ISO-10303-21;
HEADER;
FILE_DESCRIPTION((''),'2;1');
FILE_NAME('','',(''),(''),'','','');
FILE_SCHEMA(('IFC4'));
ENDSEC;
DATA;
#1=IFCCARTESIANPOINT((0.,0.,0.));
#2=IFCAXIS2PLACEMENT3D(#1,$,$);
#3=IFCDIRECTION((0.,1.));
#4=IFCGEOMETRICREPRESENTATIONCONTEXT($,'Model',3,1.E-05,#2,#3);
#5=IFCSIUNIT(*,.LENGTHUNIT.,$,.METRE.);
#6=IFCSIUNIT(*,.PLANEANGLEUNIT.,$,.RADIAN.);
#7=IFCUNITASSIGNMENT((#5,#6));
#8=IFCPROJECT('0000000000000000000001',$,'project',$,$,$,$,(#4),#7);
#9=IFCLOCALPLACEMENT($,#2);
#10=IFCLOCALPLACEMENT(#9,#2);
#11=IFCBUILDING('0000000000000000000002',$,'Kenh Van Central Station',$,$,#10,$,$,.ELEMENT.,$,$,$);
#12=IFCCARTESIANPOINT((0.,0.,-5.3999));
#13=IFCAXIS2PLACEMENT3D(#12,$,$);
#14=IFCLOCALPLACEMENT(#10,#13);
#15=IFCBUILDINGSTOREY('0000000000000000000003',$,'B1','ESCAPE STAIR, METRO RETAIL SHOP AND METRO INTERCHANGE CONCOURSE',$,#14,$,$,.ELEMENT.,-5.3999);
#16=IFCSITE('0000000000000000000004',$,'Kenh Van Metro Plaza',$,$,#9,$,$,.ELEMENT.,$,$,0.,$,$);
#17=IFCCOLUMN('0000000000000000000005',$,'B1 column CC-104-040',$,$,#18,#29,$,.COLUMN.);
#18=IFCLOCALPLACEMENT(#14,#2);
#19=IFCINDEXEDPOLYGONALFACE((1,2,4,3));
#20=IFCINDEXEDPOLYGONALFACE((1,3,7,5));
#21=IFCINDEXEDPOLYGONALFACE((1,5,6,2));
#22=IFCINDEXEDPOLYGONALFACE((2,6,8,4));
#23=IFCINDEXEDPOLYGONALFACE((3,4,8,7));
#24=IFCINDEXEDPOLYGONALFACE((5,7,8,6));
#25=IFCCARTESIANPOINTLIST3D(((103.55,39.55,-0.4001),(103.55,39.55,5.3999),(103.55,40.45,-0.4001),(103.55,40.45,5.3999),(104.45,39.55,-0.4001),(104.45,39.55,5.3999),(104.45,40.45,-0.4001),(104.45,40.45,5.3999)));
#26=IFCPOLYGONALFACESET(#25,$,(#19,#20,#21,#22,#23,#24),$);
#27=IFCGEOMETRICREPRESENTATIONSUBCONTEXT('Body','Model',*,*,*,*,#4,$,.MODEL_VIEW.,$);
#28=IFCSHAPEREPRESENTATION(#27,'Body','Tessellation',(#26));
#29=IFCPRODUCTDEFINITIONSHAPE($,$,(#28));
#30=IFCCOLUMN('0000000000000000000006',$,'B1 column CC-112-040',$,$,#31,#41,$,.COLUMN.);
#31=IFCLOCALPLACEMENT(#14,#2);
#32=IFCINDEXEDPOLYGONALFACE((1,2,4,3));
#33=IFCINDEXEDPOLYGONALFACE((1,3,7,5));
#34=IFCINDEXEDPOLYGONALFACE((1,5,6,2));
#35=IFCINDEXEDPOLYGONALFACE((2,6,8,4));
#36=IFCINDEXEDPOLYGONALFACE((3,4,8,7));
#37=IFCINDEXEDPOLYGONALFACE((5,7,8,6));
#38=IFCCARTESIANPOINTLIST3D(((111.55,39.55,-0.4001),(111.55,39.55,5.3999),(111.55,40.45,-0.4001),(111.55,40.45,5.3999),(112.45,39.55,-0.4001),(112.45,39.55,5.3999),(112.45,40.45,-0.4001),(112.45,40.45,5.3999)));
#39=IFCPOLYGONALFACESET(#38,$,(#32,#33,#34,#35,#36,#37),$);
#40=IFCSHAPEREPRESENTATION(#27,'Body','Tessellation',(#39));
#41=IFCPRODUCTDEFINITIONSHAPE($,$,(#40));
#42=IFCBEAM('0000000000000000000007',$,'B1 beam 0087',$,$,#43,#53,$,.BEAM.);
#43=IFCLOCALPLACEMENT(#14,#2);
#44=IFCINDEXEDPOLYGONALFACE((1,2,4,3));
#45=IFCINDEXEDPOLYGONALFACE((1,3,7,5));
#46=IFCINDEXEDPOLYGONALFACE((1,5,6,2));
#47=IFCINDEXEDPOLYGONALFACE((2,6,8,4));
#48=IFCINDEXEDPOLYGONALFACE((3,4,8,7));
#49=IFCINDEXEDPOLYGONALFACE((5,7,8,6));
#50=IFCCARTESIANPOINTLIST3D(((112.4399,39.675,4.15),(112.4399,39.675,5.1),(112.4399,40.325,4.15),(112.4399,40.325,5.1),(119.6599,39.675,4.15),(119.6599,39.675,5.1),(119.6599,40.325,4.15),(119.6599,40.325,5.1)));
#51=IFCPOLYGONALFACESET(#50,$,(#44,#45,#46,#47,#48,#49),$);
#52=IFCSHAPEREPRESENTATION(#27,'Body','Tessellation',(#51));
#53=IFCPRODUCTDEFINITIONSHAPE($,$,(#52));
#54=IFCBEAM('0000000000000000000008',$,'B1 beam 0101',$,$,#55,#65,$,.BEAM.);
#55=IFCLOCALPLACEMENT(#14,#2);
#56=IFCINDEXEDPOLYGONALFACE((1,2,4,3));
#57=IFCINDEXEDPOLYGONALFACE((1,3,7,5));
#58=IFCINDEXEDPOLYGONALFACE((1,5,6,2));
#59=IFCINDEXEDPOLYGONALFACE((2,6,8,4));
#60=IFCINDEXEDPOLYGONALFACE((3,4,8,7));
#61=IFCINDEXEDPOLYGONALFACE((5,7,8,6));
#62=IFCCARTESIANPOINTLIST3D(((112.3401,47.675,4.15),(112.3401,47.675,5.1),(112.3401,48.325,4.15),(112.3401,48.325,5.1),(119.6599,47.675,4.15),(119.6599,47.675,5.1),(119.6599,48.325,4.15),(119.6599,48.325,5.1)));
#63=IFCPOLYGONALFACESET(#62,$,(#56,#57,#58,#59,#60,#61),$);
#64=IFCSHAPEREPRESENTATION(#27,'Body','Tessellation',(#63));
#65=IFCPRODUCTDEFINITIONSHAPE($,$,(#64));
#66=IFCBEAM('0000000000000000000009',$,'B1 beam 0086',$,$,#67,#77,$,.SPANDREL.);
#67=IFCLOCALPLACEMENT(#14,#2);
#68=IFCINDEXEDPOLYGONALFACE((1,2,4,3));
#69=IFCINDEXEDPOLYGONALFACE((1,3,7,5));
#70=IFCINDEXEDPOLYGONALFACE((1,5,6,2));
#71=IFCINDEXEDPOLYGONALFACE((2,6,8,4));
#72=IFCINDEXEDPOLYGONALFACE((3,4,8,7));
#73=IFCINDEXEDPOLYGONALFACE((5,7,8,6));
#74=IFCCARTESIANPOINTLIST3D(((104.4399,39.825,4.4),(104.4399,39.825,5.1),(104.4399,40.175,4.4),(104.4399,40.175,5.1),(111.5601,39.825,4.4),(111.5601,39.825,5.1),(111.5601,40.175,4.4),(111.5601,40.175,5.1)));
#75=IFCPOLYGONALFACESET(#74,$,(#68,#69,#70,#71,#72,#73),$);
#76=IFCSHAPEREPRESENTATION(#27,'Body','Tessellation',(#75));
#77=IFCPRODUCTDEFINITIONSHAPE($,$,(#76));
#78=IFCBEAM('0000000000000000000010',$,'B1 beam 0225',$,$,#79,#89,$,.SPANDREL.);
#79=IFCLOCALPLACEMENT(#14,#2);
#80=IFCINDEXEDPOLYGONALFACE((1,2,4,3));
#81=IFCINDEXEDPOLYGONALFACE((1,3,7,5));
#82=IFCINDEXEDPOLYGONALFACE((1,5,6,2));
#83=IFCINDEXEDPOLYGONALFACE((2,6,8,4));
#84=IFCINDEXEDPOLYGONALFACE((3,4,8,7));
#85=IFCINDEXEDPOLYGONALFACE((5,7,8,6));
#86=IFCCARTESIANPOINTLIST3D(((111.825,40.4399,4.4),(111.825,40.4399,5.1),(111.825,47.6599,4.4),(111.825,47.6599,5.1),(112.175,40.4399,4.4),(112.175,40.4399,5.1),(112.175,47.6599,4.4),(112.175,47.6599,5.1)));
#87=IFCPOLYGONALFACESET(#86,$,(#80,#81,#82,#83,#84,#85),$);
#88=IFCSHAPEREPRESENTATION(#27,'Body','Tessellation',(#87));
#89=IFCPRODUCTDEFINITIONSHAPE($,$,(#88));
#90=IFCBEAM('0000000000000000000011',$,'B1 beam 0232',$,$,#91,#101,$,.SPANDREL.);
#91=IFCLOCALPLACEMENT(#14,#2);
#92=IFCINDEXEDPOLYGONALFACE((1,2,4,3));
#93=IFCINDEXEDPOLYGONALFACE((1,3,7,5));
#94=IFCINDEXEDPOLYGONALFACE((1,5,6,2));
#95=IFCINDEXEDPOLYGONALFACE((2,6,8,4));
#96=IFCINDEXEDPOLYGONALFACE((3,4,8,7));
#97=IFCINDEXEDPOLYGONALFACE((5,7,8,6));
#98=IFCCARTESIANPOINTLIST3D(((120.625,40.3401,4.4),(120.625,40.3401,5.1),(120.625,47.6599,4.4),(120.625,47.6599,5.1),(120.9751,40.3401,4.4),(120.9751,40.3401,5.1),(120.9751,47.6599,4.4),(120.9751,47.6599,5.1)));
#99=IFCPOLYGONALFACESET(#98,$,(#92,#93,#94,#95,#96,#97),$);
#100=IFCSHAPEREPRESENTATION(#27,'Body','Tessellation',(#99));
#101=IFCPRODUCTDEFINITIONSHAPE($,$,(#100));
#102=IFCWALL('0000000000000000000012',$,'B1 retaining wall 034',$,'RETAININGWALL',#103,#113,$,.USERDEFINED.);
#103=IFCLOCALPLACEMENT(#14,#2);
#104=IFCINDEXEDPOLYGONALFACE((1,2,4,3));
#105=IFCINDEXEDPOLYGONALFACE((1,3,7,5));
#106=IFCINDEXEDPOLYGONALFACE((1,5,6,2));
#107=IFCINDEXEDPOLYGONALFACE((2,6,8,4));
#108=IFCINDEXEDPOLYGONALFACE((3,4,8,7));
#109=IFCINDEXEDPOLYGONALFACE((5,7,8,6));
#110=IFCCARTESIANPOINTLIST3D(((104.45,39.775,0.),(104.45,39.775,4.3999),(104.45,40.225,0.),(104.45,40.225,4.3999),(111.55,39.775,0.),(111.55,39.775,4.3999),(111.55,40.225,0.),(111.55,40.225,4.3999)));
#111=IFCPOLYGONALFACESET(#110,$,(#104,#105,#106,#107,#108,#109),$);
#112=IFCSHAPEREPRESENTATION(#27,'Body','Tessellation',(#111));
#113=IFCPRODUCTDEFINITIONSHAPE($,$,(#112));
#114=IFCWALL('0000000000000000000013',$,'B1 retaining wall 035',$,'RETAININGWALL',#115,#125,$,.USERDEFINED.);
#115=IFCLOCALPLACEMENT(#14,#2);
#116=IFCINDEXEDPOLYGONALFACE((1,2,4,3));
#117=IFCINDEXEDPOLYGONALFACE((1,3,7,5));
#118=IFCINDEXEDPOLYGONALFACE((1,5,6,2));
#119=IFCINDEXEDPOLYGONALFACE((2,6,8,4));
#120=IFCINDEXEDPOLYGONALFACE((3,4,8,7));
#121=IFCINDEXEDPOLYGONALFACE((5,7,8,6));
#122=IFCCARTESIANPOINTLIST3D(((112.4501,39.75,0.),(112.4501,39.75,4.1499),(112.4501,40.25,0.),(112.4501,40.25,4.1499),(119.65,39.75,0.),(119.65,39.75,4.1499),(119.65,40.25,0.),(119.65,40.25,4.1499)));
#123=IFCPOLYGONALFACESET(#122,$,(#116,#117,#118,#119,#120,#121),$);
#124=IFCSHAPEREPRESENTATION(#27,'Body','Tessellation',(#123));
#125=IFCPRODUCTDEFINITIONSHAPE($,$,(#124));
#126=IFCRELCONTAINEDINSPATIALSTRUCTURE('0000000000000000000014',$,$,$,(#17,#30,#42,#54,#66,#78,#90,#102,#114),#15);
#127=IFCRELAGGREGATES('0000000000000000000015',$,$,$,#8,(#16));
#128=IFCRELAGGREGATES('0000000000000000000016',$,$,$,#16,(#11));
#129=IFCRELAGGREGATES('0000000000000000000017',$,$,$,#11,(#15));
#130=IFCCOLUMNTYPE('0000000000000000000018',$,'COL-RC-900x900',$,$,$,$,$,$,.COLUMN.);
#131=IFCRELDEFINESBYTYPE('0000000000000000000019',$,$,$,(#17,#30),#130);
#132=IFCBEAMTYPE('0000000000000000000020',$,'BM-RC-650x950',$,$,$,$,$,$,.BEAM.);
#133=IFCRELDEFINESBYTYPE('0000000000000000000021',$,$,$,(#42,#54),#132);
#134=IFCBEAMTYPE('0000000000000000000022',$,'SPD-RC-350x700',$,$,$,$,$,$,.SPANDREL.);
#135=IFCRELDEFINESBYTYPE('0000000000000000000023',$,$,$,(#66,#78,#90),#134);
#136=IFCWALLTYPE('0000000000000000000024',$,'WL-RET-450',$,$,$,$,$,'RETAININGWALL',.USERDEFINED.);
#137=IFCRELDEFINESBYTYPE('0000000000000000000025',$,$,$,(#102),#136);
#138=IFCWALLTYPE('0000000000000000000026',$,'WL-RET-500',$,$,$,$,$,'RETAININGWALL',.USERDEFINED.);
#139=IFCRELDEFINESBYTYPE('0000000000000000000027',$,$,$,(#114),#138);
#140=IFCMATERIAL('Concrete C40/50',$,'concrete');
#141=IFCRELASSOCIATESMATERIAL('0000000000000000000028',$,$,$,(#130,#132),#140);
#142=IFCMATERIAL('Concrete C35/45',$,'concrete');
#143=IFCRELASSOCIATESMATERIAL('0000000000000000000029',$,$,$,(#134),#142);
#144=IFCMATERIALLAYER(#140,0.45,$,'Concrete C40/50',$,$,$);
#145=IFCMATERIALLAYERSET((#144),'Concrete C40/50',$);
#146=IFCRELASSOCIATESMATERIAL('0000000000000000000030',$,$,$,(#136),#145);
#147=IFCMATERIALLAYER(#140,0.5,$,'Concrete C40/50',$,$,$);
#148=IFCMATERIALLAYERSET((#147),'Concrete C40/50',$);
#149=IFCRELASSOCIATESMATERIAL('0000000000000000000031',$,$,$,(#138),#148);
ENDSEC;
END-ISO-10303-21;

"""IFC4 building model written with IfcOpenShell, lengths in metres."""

from ifc_helpers import new_model, si_unit, direction, frame, frame_2d, origin, origin_2d, place, context, subcontext, project, spatial, rectangle, extrude, material, layer, layer_set, material_profile, profile_set, type_object, element, save


model = new_model("IFC4")

# Units and contexts
model_context = context("Model", 3, precision=1e-05, world=origin(), true_north=direction((0.0, 1.0)))
body_context = subcontext(model_context, "Body", "Model", "MODEL_VIEW")
ifc_project = project(units=[si_unit("LENGTHUNIT", "METRE"), si_unit("PLANEANGLEUNIT", "RADIAN")], contexts=[model_context])

# Site, building, storey
site_placement = place(None, origin())
site = spatial("IfcSite", under=ifc_project, at=site_placement, Name="Kenh Van Metro Plaza", CompositionType="ELEMENT", RefElevation=0.0)
building_placement = place(site_placement, origin())
building = spatial("IfcBuilding", under=site, at=building_placement, Name="Kenh Van Central Station", CompositionType="ELEMENT")
storey_placement = place(building_placement, frame((0.0, 0.0, -5.3999)))
storey = spatial("IfcBuildingStorey", under=building, at=storey_placement, Name="B1", Description="ESCAPE STAIR, METRO RETAIL SHOP AND METRO INTERCHANGE CONCOURSE", CompositionType="ELEMENT", Elevation=-5.3999)

# Shared definitions
ifc_material_1 = material(Name="Concrete C40/50", Category="concrete")

# Columns
ifc_material_profile_1 = material_profile(ifc_material_1, rectangle(XDim=0.8999, YDim=0.8999, at=origin_2d()), Name="RC 900x900")
ifc_profile_set_1 = profile_set([ifc_material_profile_1], Name="Concrete C40/50")
column_type_1 = type_object("IfcColumnType", Name="COL-RC-900x900", PredefinedType="COLUMN", material=ifc_profile_set_1)
for number, where, z_axis, x_axis, name in (
    (1, (104.0, 40.0, -0.4001), (0.0, 0.0, 1.0), (1.0, 0.0, 0.0), "B1 column CC-104-040"),
    (2, (112.0, 40.0, -0.4001), (0.0, 0.0, 1.0), (1.0, 0.0, 0.0), "B1 column CC-112-040"),
):
    element("IfcColumn", number, at=place(storey_placement, frame(where, z_axis=z_axis, x_axis=x_axis)), inside=storey, type_object=column_type_1, Name=name, PredefinedType="COLUMN", context=body_context, shape_type="SweptSolid", body=[
        extrude(rectangle(XDim=0.8999, YDim=0.8999, at=origin_2d()), origin(), (0.0, 0.0, 1.0), 5.8),
    ])

# Beams
ifc_material_profile_2 = material_profile(ifc_material_1, rectangle(XDim=0.6499, YDim=0.95, at=origin_2d()), Name="RC 650x950")
ifc_profile_set_2 = profile_set([ifc_material_profile_2], Name="Concrete C40/50")
beam_type_1 = type_object("IfcBeamType", Name="BM-RC-650x950", PredefinedType="BEAM", material=ifc_profile_set_2)
beam_1_placement = place(storey_placement, frame((112.4399, 40.0, 4.625), z_axis=(1.0, 0.0, 0.0), x_axis=(0.0, 1.0, 0.0)))
element("IfcBeam", 3, at=beam_1_placement, inside=storey, type_object=beam_type_1, Name="B1 beam 0087", PredefinedType="BEAM", context=body_context, shape_type="SweptSolid", body=[
    extrude(rectangle(XDim=0.6499, YDim=0.95, at=origin_2d()), origin(), (0.0, 0.0, 1.0), 7.22),
])
beam_2_placement = place(storey_placement, frame((112.3401, 48.0, 4.625), z_axis=(1.0, 0.0, 0.0), x_axis=(0.0, 1.0, 0.0)))
element("IfcBeam", 4, at=beam_2_placement, inside=storey, type_object=beam_type_1, Name="B1 beam 0101", PredefinedType="BEAM", context=body_context, shape_type="SweptSolid", body=[
    extrude(rectangle(XDim=0.6499, YDim=0.95, at=origin_2d()), origin(), (0.0, 0.0, 1.0), 7.3198),
])
ifc_material_2 = material(Name="Concrete C35/45", Category="concrete")
ifc_material_profile_3 = material_profile(ifc_material_2, rectangle(XDim=0.3501, YDim=0.7, at=origin_2d()), Name="RC 350x700")
ifc_profile_set_3 = profile_set([ifc_material_profile_3], Name="Concrete C35/45")
beam_type_2 = type_object("IfcBeamType", Name="SPD-RC-350x700", PredefinedType="SPANDREL", material=ifc_profile_set_3)
beam_3_placement = place(storey_placement, frame((104.4399, 40.0, 4.75), z_axis=(1.0, 0.0, 0.0), x_axis=(0.0, 1.0, 0.0)))
element("IfcBeam", 5, at=beam_3_placement, inside=storey, type_object=beam_type_2, Name="B1 beam 0086", PredefinedType="SPANDREL", context=body_context, shape_type="SweptSolid", body=[
    extrude(rectangle(XDim=0.3501, YDim=0.7, at=origin_2d()), origin(), (0.0, 0.0, 1.0), 7.1201),
])
beam_4_placement = place(storey_placement, frame((112.0, 40.4399, 4.75), z_axis=(0.0, 1.0, 0.0), x_axis=(-1.0, 0.0, 0.0)))
element("IfcBeam", 6, at=beam_4_placement, inside=storey, type_object=beam_type_2, Name="B1 beam 0225", PredefinedType="SPANDREL", context=body_context, shape_type="SweptSolid", body=[
    extrude(rectangle(XDim=0.3501, YDim=0.7, at=origin_2d()), origin(), (0.0, 0.0, 1.0), 7.22),
])
beam_5_placement = place(storey_placement, frame((120.8, 40.3401, 4.75), z_axis=(0.0, 1.0, 0.0), x_axis=(-1.0, 0.0, 0.0)))
element("IfcBeam", 7, at=beam_5_placement, inside=storey, type_object=beam_type_2, Name="B1 beam 0232", PredefinedType="SPANDREL", context=body_context, shape_type="SweptSolid", body=[
    extrude(rectangle(XDim=0.3501, YDim=0.7, at=origin_2d()), origin(), (0.0, 0.0, 1.0), 7.3198),
])

# Walls
ifc_layer_1 = layer(ifc_material_1, 0.45, Name="Concrete C40/50")
ifc_layer_set_1 = layer_set([ifc_layer_1], Name="Concrete C40/50")
wall_type_1 = type_object("IfcWallType", Name="WL-RET-450", ElementType="RETAININGWALL", PredefinedType="USERDEFINED", material=ifc_layer_set_1)
wall_1_placement = place(storey_placement, frame((104.45, 40.0, 0.0), z_axis=(0.0, 0.0, 1.0), x_axis=(1.0, 0.0, 0.0)))
element("IfcWall", 8, at=wall_1_placement, inside=storey, type_object=wall_type_1, Name="B1 retaining wall 034", ObjectType="RETAININGWALL", PredefinedType="USERDEFINED", context=body_context, shape_type="SweptSolid", body=[
    extrude(rectangle(XDim=7.1001, YDim=0.45, at=frame_2d((3.55, 0.0))), origin(), (0.0, 0.0, 1.0), 4.3999),
])
ifc_layer_2 = layer(ifc_material_1, 0.5, Name="Concrete C40/50")
ifc_layer_set_2 = layer_set([ifc_layer_2], Name="Concrete C40/50")
wall_type_2 = type_object("IfcWallType", Name="WL-RET-500", ElementType="RETAININGWALL", PredefinedType="USERDEFINED", material=ifc_layer_set_2)
wall_2_placement = place(storey_placement, frame((112.45, 40.0, 0.0), z_axis=(0.0, 0.0, 1.0), x_axis=(1.0, 0.0, 0.0)))
element("IfcWall", 9, at=wall_2_placement, inside=storey, type_object=wall_type_2, Name="B1 retaining wall 035", ObjectType="RETAININGWALL", PredefinedType="USERDEFINED", context=body_context, shape_type="SweptSolid", body=[
    extrude(rectangle(XDim=7.2, YDim=0.5, at=frame_2d((3.6001, 0.0))), origin(), (0.0, 0.0, 1.0), 4.1499),
])

save(model, "model.ifc")
